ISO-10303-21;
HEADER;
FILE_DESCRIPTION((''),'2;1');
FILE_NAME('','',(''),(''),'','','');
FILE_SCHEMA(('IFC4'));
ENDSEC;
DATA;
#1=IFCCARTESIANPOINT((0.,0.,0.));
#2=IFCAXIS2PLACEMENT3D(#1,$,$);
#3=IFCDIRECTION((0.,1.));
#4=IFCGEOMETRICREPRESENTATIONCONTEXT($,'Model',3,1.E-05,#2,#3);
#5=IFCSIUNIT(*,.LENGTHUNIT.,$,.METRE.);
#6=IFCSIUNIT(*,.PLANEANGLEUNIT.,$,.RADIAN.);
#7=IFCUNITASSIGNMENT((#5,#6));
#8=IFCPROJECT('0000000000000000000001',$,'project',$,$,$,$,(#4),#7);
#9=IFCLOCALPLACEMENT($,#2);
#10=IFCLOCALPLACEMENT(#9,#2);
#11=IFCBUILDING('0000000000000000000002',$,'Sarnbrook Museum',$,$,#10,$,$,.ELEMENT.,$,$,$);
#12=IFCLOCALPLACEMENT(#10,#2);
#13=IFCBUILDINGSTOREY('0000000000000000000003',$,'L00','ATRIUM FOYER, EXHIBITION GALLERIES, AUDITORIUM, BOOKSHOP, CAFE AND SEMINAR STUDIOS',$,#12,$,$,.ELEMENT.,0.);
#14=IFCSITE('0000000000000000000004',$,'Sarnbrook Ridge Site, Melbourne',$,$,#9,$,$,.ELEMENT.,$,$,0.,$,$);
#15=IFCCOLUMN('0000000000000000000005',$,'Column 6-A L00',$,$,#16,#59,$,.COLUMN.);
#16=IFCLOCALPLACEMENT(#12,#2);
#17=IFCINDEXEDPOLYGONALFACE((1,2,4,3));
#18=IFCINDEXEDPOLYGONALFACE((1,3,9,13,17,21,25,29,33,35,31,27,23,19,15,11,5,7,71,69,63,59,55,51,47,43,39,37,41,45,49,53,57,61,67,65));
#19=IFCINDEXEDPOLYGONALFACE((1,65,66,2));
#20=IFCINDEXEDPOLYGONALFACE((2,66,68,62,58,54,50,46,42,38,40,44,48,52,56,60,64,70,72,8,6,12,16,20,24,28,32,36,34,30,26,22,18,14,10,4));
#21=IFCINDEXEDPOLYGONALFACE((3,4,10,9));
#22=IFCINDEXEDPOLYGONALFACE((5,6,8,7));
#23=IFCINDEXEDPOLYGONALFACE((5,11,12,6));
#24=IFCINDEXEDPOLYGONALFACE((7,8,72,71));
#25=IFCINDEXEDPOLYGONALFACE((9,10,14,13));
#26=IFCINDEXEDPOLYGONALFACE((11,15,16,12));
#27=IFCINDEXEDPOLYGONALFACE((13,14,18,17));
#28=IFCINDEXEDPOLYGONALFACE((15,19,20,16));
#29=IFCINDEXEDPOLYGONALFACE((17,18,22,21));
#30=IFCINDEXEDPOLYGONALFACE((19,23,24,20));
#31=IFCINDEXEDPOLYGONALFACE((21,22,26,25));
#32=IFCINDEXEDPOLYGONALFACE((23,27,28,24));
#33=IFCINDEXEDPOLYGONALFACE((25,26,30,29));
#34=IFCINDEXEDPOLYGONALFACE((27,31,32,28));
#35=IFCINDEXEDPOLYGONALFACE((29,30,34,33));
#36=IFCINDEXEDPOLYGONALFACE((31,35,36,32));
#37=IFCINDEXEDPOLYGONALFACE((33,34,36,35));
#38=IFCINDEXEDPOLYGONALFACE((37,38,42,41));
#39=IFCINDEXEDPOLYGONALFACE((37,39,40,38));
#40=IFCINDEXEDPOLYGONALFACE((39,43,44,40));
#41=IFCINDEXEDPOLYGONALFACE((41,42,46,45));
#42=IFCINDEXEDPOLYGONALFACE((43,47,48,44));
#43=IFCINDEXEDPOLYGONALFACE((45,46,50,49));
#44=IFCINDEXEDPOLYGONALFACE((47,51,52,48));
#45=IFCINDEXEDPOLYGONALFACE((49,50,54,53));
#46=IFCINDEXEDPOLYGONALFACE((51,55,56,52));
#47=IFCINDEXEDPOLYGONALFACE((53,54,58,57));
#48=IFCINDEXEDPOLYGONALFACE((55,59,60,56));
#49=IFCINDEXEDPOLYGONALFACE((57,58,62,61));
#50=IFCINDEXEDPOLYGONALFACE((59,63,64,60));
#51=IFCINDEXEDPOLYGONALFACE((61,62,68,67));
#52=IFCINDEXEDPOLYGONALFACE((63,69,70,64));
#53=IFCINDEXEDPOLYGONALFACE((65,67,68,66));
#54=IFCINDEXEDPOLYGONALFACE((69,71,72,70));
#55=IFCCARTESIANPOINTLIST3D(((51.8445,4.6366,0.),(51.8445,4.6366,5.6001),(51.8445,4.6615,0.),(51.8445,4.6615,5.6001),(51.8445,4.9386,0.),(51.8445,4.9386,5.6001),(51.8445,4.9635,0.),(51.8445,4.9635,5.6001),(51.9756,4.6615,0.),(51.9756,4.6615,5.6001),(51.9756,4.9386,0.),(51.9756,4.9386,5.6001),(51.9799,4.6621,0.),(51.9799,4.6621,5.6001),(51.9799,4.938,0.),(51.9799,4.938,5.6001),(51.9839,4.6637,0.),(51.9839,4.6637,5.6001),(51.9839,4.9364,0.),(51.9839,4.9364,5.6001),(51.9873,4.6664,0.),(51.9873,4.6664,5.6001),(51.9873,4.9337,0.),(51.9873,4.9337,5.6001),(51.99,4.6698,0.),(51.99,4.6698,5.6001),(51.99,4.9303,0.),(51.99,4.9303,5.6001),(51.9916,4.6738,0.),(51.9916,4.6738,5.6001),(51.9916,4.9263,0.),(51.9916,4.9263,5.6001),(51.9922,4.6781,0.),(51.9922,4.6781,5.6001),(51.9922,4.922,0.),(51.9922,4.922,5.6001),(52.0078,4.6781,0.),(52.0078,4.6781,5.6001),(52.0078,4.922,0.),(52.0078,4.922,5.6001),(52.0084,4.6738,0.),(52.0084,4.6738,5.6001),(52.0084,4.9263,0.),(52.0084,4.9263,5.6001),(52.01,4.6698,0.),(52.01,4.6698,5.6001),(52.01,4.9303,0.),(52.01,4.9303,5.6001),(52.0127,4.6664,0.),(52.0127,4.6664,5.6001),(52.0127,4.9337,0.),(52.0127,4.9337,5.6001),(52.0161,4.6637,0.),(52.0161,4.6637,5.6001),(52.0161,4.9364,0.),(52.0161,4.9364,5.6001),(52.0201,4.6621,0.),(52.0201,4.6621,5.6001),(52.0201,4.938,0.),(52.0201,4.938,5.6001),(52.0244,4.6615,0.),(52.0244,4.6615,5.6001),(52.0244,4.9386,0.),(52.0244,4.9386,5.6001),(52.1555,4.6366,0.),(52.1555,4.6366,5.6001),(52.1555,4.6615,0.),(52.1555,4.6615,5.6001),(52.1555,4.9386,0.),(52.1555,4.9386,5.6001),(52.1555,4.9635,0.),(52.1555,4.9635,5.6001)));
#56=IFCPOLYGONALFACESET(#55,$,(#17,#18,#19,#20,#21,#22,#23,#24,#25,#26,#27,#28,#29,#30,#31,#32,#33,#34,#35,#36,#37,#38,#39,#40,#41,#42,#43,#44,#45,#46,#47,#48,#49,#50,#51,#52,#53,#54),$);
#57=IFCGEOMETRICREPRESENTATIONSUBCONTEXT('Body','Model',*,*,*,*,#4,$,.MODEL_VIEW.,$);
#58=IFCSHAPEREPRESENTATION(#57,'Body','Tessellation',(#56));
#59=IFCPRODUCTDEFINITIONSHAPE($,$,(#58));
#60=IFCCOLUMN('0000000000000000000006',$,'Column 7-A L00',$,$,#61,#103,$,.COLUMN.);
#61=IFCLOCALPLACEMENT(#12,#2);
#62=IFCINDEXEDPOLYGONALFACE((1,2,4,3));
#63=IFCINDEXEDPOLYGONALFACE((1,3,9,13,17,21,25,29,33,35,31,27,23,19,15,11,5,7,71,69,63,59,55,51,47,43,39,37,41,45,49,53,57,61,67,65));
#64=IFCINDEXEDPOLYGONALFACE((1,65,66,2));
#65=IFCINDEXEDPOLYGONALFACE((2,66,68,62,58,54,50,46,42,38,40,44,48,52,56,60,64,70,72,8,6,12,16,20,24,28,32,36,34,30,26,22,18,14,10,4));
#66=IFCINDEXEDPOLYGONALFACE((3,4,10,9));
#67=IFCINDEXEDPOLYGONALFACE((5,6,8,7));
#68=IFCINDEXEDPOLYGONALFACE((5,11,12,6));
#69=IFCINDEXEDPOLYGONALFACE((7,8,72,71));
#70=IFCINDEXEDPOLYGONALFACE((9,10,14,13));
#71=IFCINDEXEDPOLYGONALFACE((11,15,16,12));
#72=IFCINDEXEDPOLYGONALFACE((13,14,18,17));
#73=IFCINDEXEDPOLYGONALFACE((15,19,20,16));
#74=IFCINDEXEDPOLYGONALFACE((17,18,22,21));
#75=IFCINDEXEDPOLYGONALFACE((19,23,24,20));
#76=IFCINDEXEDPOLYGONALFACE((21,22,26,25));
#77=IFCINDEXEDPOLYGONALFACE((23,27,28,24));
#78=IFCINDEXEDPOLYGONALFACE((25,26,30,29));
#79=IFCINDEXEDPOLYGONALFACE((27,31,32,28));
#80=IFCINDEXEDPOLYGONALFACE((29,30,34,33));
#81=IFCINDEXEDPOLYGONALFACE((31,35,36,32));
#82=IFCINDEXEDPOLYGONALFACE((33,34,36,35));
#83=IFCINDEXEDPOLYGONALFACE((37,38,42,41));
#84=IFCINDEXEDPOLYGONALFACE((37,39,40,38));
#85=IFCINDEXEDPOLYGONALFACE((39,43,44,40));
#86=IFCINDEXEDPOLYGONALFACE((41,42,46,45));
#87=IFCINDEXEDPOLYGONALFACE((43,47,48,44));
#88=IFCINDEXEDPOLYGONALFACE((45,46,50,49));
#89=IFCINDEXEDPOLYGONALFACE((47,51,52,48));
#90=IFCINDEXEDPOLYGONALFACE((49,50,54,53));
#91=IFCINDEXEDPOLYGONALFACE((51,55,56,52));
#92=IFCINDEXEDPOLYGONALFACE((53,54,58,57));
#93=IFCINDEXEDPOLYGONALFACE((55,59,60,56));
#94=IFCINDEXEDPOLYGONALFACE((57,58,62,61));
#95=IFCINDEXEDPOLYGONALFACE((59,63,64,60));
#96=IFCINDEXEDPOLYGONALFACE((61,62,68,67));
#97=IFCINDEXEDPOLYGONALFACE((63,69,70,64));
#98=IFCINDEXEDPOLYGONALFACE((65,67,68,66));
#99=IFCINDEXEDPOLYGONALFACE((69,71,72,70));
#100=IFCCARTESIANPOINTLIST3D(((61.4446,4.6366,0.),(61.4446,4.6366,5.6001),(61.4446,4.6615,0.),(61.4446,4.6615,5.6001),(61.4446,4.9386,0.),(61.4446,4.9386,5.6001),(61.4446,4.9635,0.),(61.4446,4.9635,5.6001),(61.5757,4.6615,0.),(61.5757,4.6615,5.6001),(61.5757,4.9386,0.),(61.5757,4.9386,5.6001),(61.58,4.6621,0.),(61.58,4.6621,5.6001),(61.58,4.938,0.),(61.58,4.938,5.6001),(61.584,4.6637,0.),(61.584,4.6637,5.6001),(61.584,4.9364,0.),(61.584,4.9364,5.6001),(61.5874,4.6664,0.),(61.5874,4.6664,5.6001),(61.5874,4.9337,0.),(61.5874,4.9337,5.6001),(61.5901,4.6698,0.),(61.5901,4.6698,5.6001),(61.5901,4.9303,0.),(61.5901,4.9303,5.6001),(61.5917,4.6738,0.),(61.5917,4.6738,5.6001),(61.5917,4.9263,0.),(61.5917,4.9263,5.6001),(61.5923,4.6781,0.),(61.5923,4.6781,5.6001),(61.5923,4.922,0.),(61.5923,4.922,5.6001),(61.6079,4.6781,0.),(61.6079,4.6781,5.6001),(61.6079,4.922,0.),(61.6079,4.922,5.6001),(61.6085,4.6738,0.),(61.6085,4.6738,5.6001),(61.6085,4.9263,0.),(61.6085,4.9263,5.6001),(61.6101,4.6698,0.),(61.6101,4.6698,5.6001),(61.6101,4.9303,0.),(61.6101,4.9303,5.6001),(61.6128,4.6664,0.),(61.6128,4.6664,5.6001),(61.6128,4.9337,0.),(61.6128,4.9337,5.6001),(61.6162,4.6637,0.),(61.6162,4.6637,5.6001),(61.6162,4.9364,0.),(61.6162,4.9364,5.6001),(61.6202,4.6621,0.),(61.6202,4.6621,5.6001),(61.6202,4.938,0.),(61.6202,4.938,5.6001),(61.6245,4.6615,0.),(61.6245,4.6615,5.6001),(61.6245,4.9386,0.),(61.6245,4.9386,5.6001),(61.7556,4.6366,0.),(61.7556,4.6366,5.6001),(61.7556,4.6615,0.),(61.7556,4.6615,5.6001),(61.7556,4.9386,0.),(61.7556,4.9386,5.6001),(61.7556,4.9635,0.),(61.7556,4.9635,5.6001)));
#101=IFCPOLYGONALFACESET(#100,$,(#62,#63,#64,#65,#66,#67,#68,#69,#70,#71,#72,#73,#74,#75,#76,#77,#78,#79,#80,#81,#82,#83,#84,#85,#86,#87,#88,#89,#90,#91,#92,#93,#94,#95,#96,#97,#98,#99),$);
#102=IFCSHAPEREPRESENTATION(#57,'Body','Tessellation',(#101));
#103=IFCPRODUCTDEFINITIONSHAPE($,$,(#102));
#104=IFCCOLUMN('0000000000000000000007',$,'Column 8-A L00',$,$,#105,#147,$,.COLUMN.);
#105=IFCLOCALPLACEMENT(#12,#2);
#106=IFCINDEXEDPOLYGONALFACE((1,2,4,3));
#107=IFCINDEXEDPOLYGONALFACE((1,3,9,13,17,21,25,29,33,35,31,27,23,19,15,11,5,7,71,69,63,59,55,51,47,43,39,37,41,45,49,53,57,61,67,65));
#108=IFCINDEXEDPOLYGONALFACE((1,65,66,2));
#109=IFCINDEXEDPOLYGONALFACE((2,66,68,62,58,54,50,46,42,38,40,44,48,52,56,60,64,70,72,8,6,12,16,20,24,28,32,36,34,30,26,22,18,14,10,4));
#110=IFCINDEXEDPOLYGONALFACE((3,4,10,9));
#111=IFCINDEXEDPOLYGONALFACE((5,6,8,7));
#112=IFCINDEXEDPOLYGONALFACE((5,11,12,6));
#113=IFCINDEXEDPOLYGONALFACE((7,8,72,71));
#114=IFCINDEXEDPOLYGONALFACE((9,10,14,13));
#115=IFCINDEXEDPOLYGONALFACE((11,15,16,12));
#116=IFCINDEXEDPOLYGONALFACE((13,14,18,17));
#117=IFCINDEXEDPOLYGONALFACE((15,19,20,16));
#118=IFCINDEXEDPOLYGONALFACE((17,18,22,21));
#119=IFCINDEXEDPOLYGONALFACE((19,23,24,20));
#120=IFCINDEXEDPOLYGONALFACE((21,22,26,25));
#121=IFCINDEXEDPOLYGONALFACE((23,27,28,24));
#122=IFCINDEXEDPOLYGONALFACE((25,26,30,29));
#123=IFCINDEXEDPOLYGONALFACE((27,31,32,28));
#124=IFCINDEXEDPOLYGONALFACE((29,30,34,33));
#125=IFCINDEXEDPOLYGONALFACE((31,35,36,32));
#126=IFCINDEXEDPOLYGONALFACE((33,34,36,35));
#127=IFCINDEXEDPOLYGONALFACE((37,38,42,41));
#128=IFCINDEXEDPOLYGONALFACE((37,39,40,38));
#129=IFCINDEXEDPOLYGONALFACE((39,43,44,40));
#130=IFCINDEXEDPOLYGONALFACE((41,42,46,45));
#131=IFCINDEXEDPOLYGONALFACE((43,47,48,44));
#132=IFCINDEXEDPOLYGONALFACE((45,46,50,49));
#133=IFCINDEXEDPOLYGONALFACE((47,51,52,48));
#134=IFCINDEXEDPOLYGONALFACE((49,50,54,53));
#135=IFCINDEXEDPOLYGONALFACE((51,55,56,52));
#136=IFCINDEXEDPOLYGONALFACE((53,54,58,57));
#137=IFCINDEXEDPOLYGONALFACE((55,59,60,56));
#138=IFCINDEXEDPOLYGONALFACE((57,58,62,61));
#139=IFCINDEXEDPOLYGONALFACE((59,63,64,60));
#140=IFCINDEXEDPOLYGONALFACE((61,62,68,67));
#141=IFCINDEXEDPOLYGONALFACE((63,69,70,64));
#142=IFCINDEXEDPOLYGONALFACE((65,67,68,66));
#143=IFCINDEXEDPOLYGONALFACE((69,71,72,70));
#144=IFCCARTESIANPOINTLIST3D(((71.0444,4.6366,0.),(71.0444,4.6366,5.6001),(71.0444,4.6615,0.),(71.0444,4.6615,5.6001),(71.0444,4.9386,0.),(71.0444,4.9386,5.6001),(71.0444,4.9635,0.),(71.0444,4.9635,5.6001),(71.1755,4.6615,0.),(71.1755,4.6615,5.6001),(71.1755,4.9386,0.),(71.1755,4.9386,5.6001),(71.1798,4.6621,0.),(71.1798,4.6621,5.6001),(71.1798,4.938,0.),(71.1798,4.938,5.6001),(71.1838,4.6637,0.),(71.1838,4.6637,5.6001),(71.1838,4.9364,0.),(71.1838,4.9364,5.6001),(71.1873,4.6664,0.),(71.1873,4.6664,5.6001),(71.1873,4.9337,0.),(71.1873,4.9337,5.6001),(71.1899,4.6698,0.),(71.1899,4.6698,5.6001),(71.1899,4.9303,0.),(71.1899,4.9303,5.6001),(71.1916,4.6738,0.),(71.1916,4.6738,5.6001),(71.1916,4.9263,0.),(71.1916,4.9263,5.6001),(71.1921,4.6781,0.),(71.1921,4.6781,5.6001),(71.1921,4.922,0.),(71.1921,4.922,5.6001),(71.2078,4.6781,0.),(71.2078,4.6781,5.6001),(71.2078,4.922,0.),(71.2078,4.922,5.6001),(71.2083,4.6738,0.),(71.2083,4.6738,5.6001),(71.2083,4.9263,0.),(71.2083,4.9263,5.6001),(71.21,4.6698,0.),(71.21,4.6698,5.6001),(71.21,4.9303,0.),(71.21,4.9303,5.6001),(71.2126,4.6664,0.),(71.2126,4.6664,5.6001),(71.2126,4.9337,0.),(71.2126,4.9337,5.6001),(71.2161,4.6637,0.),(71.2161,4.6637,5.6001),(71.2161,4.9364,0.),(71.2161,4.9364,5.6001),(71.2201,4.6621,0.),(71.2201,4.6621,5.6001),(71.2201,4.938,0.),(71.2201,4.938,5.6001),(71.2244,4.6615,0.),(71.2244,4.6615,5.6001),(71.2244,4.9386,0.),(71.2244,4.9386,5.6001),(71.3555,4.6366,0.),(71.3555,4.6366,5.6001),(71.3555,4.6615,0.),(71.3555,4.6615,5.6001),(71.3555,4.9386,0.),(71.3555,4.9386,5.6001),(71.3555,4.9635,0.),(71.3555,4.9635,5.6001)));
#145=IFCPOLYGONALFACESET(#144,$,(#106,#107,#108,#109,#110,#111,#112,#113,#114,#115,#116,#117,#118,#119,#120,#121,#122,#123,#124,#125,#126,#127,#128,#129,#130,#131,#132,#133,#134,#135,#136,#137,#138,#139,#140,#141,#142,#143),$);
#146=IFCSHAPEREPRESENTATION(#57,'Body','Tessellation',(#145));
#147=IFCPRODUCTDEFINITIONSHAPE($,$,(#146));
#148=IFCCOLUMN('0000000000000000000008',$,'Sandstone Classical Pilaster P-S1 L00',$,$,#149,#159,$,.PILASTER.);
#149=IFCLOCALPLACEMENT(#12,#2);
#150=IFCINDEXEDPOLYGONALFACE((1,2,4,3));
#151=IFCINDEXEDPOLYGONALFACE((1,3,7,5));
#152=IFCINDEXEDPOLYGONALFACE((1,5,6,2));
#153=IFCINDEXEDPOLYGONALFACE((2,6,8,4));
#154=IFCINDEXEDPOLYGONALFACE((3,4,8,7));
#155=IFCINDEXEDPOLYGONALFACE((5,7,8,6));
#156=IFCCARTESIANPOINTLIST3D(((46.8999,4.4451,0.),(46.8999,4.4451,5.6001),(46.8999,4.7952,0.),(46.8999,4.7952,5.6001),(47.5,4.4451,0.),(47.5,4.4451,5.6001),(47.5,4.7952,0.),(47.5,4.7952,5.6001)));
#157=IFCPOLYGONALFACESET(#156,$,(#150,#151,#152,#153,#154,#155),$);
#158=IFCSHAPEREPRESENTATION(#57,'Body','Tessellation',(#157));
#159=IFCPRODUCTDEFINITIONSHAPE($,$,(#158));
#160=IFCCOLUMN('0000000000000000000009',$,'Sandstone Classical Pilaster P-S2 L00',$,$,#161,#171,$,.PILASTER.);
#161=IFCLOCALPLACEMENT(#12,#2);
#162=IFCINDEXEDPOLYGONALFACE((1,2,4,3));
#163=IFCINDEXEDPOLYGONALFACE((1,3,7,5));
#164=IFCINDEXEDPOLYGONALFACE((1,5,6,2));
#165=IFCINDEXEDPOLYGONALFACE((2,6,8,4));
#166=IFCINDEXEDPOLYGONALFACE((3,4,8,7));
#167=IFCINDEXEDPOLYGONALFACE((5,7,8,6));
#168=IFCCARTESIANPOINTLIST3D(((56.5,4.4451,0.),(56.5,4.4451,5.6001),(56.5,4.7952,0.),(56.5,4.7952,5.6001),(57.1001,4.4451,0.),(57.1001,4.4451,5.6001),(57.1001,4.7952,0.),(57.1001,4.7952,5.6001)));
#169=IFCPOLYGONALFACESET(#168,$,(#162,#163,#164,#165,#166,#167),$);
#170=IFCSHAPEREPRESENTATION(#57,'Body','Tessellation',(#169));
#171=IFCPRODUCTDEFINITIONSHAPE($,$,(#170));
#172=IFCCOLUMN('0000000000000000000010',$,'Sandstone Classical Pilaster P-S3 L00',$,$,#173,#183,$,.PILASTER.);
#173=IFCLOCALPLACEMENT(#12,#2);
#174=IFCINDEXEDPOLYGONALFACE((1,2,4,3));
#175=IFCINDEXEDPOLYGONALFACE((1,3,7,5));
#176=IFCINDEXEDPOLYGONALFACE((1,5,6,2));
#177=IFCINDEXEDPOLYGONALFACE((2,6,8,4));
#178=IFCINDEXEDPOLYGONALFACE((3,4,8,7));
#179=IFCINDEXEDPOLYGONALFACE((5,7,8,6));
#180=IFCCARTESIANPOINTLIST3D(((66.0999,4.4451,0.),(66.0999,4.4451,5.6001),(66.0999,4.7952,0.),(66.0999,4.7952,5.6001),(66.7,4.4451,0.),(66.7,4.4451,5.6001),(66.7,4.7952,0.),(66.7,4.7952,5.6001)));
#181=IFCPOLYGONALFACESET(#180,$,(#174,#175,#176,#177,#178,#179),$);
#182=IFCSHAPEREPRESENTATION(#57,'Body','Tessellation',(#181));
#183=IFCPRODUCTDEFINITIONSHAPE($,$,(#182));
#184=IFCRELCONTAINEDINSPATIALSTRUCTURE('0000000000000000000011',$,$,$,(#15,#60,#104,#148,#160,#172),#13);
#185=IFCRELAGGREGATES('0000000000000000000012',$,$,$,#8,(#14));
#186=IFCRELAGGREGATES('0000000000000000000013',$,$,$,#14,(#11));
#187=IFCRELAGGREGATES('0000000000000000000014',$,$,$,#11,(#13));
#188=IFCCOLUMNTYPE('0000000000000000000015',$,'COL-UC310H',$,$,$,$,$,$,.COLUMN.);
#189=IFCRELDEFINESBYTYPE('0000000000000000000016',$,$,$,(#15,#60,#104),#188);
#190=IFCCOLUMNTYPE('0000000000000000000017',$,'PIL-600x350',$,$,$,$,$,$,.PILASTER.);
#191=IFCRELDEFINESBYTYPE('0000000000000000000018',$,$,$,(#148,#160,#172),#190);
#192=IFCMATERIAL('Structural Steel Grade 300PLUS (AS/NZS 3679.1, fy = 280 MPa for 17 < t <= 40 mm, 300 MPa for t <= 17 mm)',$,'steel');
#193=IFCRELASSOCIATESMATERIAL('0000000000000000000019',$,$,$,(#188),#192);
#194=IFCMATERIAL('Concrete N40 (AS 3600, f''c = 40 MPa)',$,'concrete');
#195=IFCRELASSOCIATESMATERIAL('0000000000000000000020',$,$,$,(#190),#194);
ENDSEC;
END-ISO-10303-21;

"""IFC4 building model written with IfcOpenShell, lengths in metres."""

from ifc_helpers import new_model, si_unit, direction, frame, origin, origin_2d, place, context, subcontext, project, spatial, rectangle, i_section, extrude, material, material_profile, profile_set, type_object, element, save


model = new_model("IFC4")

# Units and contexts
model_context = context("Model", 3, precision=1e-05, world=origin(), true_north=direction((0.0, 1.0)))
body_context = subcontext(model_context, "Body", "Model", "MODEL_VIEW")
ifc_project = project(units=[si_unit("LENGTHUNIT", "METRE"), si_unit("PLANEANGLEUNIT", "RADIAN")], contexts=[model_context])

# Site, building, storey
site_placement = place(None, origin())
site = spatial("IfcSite", under=ifc_project, at=site_placement, Name="Sarnbrook Ridge Site, Melbourne", CompositionType="ELEMENT", RefElevation=0.0)
building_placement = place(site_placement, origin())
building = spatial("IfcBuilding", under=site, at=building_placement, Name="Sarnbrook Museum", CompositionType="ELEMENT")
storey_placement = place(building_placement, origin())
storey = spatial("IfcBuildingStorey", under=building, at=storey_placement, Name="L00", Description="ATRIUM FOYER, EXHIBITION GALLERIES, AUDITORIUM, BOOKSHOP, CAFE AND SEMINAR STUDIOS", CompositionType="ELEMENT", Elevation=0.0)

# Columns
ifc_material_1 = material(Name="Structural Steel Grade 300PLUS (AS/NZS 3679.1, fy = 280 MPa for 17 < t <= 40 mm, 300 MPa for t <= 17 mm)", Category="steel")
ifc_material_profile_1 = material_profile(ifc_material_1, i_section(OverallWidth=0.311, OverallDepth=0.3269, WebThickness=0.0156, FlangeThickness=0.0249, FilletRadius=0.0166, at=origin_2d()), Name="310UC158")
ifc_profile_set_1 = profile_set([ifc_material_profile_1], Name="Structural Steel Grade 300PLUS (AS/NZS 3679.1, fy = 280 MPa for 17 < t <= 40 mm, 300 MPa for t <= 17 mm)")
column_type_1 = type_object("IfcColumnType", Name="COL-UC310H", PredefinedType="COLUMN", material=ifc_profile_set_1)
for number, where, z_axis, x_axis, name in (
    (1, (52.0, 4.8, 0.0), (0.0, 0.0, 1.0), (1.0, 0.0, 0.0), "Column 6-A L00"),
    (2, (61.6001, 4.8, 0.0), (0.0, 0.0, 1.0), (1.0, 0.0, 0.0), "Column 7-A L00"),
    (3, (71.2, 4.8, 0.0), (0.0, 0.0, 1.0), (1.0, 0.0, 0.0), "Column 8-A L00"),
):
    element("IfcColumn", number, at=place(storey_placement, frame(where, z_axis=z_axis, x_axis=x_axis)), inside=storey, type_object=column_type_1, Name=name, PredefinedType="COLUMN", context=body_context, shape_type="SweptSolid", body=[
        extrude(i_section(OverallWidth=0.311, OverallDepth=0.3269, WebThickness=0.0156, FlangeThickness=0.0249, FilletRadius=0.0166, at=origin_2d()), origin(), (0.0, 0.0, 1.0), 5.6001),
    ])
ifc_material_2 = material(Name="Concrete N40 (AS 3600, f'c = 40 MPa)", Category="concrete")
ifc_material_profile_2 = material_profile(ifc_material_2, rectangle(XDim=0.6001, YDim=0.3501, at=origin_2d()), Name="PILASTER 600x350")
ifc_profile_set_2 = profile_set([ifc_material_profile_2], Name="Concrete N40 (AS 3600, f'c = 40 MPa)")
column_type_2 = type_object("IfcColumnType", Name="PIL-600x350", PredefinedType="PILASTER", material=ifc_profile_set_2)
for number, where, z_axis, x_axis, name in (
    (4, (47.2, 4.6201, 0.0), (0.0, 0.0, 1.0), (1.0, 0.0, 0.0), "Sandstone Classical Pilaster P-S1 L00"),
    (5, (56.8, 4.6201, 0.0), (0.0, 0.0, 1.0), (1.0, 0.0, 0.0), "Sandstone Classical Pilaster P-S2 L00"),
    (6, (66.3999, 4.6201, 0.0), (0.0, 0.0, 1.0), (1.0, 0.0, 0.0), "Sandstone Classical Pilaster P-S3 L00"),
):
    element("IfcColumn", number, at=place(storey_placement, frame(where, z_axis=z_axis, x_axis=x_axis)), inside=storey, type_object=column_type_2, Name=name, PredefinedType="PILASTER", context=body_context, shape_type="SweptSolid", body=[
        extrude(rectangle(XDim=0.6001, YDim=0.3501, at=origin_2d()), origin(), (0.0, 0.0, 1.0), 5.6001),
    ])

save(model, "model.ifc")
